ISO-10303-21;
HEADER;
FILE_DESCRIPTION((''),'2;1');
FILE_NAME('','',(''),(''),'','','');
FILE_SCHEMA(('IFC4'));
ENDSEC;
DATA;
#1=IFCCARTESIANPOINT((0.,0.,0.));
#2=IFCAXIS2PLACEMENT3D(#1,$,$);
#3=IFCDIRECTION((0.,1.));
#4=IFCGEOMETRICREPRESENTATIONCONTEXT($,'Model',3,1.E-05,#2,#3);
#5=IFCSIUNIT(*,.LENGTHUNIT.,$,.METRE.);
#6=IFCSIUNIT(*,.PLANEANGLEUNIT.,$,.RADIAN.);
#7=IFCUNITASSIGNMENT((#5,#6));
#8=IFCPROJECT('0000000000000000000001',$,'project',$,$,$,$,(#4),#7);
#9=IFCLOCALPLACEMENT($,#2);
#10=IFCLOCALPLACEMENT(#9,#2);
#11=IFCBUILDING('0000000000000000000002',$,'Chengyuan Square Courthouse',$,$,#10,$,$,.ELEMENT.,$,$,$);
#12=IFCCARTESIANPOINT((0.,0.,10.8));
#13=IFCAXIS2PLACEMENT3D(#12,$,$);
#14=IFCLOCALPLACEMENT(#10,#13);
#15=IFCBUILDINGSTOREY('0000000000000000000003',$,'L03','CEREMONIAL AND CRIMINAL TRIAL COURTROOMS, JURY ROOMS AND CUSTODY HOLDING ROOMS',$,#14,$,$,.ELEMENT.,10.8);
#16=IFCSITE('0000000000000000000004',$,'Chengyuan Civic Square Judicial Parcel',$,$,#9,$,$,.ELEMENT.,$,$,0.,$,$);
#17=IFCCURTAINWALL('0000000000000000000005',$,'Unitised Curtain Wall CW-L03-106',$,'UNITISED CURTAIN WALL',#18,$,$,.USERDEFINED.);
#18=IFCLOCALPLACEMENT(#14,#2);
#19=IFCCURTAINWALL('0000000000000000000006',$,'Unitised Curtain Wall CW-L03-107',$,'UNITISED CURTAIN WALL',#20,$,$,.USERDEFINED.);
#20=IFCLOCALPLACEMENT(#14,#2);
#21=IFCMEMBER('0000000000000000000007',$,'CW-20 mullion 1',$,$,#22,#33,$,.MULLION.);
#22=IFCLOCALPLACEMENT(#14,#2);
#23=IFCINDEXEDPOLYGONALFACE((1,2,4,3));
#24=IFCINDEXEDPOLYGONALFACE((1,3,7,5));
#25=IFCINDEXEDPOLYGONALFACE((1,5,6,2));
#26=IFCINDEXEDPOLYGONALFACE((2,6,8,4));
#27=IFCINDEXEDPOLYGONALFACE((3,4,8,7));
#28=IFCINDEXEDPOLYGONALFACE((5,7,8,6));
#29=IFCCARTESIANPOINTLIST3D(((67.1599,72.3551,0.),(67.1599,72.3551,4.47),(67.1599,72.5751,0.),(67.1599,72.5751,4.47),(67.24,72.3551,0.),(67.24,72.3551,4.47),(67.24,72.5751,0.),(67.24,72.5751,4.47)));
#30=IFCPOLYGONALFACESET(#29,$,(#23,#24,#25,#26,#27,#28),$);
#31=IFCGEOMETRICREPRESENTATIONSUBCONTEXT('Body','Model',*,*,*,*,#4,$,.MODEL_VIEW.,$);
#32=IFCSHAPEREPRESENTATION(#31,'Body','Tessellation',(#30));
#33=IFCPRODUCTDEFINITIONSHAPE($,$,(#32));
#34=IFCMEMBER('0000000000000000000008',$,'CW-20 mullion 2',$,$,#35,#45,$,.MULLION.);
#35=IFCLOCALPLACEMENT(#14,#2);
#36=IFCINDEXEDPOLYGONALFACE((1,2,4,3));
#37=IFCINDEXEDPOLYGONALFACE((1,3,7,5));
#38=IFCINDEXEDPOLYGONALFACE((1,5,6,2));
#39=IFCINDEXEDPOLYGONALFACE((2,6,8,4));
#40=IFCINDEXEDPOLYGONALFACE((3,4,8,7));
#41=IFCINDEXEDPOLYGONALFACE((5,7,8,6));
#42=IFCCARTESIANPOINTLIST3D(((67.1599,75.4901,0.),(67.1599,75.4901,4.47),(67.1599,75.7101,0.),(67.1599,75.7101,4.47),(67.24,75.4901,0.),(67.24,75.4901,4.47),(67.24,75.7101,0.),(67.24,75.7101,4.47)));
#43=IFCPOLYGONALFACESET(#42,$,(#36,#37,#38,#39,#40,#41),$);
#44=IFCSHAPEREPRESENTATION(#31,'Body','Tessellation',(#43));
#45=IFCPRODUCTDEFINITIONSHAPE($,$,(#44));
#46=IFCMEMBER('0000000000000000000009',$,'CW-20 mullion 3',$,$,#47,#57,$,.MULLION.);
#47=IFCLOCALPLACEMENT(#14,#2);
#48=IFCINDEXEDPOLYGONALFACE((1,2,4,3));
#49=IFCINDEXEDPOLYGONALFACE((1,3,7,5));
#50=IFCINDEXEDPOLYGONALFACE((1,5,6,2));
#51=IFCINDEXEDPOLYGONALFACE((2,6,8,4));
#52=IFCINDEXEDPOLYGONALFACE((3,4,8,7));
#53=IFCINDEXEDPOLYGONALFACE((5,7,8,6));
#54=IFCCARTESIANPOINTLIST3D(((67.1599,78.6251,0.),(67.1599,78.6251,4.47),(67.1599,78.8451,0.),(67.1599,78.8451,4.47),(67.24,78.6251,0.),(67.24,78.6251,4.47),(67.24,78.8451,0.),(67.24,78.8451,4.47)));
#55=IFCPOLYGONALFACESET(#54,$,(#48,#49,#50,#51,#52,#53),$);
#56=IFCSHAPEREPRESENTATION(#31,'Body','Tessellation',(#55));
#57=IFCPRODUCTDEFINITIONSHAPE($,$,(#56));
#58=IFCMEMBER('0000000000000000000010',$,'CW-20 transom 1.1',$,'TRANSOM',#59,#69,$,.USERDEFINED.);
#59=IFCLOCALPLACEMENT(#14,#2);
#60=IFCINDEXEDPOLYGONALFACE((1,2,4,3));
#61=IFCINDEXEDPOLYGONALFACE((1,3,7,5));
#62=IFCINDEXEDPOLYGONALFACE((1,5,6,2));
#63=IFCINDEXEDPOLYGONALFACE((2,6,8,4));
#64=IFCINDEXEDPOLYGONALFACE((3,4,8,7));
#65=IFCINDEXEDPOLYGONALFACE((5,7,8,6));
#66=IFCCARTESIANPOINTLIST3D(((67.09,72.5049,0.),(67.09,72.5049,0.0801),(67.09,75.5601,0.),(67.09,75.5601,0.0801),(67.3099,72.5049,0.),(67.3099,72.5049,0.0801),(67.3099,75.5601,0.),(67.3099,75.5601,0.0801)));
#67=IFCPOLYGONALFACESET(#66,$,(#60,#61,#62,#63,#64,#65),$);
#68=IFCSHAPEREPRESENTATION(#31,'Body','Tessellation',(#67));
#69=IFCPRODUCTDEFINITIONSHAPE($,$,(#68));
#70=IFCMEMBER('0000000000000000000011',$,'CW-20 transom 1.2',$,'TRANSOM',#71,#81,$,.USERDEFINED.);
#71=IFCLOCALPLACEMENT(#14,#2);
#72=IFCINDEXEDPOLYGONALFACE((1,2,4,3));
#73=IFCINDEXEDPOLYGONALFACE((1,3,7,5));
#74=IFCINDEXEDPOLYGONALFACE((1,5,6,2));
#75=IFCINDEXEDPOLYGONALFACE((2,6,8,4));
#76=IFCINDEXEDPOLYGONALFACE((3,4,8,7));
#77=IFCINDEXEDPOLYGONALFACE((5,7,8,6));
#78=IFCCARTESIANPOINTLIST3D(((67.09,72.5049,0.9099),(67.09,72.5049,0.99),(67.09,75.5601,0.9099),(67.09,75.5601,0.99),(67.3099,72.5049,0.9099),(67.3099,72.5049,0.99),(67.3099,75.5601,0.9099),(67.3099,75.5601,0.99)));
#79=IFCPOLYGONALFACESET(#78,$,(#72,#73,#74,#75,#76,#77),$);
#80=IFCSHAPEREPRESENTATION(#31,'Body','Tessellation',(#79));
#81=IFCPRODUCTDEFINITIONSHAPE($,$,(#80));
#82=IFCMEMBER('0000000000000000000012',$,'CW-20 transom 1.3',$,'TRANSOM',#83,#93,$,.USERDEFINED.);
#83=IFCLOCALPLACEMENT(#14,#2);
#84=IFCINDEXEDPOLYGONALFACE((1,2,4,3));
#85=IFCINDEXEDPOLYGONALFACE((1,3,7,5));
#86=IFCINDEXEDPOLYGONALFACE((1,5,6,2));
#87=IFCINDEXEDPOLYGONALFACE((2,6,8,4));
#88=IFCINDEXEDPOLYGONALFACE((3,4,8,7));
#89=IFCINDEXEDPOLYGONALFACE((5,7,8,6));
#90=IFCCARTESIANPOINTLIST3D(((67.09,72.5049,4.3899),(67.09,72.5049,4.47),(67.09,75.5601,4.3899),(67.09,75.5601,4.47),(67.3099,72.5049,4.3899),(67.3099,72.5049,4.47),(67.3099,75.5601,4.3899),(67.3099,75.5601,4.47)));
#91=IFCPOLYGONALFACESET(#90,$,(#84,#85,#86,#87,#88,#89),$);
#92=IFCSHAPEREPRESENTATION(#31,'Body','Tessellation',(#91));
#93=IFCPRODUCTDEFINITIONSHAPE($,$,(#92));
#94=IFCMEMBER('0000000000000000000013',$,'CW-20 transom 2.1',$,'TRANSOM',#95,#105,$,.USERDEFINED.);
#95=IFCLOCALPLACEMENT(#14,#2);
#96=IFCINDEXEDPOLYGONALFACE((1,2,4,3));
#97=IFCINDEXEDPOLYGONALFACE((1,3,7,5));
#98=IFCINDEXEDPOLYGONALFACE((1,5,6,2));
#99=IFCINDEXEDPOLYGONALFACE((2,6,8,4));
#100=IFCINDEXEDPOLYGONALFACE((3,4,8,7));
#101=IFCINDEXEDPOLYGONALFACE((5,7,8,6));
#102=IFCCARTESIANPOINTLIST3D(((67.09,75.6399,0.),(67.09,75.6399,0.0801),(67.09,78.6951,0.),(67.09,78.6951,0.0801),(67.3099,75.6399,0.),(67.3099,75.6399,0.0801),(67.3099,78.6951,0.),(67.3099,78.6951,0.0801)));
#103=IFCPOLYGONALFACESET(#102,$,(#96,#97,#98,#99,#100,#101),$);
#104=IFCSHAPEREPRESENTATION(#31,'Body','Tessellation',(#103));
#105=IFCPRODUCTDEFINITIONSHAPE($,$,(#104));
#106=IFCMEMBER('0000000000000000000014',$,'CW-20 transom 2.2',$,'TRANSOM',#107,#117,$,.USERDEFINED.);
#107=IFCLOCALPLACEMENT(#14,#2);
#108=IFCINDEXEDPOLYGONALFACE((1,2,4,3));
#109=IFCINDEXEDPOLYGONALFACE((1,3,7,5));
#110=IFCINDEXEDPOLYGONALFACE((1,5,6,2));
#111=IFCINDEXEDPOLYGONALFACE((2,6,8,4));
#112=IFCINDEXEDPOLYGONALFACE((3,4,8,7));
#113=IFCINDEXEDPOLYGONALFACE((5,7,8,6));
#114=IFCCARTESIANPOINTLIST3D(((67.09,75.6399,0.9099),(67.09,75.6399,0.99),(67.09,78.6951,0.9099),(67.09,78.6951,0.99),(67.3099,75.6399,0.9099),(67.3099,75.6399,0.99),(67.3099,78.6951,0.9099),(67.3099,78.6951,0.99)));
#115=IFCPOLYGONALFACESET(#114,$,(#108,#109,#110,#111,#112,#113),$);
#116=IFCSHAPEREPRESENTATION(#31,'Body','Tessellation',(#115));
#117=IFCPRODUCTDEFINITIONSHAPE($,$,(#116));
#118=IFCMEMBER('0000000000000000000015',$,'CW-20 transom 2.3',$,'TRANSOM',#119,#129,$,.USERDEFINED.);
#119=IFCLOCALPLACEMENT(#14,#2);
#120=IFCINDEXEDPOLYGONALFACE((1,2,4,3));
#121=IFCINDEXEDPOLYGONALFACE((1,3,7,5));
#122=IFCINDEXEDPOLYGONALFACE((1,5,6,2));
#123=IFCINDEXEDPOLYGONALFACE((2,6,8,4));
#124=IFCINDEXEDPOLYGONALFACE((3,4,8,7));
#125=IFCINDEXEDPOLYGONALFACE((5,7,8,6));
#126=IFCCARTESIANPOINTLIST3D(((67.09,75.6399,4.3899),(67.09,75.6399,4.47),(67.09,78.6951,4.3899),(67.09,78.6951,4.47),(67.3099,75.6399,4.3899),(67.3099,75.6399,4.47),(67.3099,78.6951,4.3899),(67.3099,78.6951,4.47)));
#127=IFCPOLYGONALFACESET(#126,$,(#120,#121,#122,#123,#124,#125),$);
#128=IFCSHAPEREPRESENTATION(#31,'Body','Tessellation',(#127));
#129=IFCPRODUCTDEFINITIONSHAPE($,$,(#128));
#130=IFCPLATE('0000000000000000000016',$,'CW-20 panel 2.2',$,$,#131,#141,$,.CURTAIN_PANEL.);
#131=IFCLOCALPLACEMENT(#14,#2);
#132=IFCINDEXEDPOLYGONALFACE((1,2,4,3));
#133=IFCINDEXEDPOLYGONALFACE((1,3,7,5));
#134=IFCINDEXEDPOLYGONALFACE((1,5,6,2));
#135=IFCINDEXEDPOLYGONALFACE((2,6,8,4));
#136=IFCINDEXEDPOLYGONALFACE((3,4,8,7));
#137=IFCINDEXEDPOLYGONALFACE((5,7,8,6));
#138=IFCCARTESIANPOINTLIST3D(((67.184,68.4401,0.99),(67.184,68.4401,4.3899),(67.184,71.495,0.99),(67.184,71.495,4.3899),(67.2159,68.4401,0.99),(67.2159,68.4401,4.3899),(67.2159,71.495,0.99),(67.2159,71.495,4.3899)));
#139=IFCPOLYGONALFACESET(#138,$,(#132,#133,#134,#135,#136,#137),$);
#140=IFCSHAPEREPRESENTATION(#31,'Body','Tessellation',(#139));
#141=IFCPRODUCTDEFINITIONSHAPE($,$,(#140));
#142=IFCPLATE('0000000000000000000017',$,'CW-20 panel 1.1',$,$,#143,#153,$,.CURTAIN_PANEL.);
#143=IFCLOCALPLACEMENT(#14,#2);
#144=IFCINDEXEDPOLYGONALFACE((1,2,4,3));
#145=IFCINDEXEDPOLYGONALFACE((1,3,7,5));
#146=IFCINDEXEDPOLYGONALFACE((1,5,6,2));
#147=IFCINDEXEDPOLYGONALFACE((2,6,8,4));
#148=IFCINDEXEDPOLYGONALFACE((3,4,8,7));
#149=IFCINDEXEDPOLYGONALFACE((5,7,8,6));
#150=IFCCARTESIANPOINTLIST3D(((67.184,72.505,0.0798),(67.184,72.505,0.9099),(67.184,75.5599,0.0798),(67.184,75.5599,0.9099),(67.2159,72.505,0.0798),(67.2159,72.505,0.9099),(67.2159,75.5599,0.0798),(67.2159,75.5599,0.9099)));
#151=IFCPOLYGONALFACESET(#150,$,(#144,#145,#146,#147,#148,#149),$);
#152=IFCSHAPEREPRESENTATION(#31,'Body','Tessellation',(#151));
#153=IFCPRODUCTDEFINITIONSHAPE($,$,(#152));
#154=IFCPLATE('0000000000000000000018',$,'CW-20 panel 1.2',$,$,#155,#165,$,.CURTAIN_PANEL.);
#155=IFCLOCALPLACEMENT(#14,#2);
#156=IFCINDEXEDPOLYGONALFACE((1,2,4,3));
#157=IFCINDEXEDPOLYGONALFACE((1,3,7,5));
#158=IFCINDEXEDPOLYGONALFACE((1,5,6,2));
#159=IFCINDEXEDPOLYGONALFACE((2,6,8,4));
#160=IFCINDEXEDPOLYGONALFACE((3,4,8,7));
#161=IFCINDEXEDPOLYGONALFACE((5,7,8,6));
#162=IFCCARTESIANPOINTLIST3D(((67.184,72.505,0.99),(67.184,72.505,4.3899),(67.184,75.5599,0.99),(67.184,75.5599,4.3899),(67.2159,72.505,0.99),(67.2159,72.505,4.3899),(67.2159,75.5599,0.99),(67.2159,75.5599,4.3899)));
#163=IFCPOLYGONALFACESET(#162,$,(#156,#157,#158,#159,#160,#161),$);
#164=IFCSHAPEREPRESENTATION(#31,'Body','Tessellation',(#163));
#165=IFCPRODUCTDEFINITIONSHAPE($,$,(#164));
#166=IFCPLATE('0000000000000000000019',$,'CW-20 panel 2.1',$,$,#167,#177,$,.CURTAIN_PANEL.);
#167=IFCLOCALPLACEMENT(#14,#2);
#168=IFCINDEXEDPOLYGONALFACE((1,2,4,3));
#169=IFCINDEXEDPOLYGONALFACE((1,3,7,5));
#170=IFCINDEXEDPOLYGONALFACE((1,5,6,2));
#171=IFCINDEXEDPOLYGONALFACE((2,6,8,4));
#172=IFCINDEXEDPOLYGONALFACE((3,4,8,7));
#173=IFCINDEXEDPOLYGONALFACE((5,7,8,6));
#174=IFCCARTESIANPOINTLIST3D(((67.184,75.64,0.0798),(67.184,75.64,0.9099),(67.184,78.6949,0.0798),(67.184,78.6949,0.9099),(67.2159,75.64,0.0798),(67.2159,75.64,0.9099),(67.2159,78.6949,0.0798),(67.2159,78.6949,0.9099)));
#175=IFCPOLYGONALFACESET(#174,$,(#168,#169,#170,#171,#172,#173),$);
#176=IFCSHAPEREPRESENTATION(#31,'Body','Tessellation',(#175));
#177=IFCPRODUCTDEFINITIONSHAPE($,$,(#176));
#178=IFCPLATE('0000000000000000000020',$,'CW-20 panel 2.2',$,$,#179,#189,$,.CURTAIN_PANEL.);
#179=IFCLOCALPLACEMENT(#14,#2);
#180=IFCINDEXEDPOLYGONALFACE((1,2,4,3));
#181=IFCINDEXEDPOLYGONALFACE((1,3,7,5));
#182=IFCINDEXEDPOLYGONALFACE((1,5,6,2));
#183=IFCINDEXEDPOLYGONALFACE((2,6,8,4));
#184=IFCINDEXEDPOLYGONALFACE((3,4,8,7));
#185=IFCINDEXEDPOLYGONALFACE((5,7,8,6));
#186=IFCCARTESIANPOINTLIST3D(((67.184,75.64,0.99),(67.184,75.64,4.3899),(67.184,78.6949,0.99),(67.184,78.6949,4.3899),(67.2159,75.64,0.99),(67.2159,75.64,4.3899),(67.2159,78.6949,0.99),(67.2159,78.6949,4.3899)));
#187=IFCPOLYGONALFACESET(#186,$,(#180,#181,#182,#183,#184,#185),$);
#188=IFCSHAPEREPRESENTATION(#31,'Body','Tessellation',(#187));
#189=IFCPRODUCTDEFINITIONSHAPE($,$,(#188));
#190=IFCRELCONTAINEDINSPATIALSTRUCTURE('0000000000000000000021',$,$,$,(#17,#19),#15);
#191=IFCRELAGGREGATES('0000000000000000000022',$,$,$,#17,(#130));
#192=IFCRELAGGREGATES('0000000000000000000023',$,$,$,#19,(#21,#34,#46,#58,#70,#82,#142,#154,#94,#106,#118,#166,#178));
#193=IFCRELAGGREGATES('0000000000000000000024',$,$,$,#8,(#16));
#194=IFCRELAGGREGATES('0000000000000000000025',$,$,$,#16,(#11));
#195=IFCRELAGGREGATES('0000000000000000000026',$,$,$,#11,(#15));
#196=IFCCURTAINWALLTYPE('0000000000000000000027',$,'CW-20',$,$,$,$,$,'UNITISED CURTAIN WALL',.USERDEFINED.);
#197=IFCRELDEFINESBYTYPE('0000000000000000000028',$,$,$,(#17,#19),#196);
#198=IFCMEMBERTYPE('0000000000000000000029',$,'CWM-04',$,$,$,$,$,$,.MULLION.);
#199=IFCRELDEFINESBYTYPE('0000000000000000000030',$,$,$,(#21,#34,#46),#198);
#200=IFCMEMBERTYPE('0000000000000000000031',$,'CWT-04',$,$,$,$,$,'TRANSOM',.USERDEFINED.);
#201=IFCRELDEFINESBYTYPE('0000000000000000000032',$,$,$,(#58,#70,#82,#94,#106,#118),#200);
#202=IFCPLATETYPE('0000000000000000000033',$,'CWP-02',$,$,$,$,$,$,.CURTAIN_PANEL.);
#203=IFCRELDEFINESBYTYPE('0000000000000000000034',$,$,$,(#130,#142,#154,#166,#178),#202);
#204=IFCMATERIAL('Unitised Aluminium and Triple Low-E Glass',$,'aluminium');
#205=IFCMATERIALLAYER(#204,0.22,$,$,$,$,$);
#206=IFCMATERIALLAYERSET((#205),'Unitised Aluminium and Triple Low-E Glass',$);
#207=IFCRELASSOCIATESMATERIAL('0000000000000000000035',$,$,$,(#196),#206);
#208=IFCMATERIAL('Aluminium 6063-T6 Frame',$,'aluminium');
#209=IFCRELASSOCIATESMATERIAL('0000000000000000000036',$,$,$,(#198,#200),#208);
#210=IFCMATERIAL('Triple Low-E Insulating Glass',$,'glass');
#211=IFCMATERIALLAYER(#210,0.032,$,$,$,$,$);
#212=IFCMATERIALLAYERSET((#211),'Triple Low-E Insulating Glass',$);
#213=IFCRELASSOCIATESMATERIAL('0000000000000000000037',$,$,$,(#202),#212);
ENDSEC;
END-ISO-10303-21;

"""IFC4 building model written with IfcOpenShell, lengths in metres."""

from ifc_helpers import new_model, si_unit, direction, frame, origin, origin_2d, place, context, subcontext, project, spatial, rectangle, extrude, material, layer, layer_set, material_profile, profile_set, type_object, element, aggregate, save


model = new_model("IFC4")

# Units and contexts
model_context = context("Model", 3, precision=1e-05, world=origin(), true_north=direction((0.0, 1.0)))
body_context = subcontext(model_context, "Body", "Model", "MODEL_VIEW")
ifc_project = project(units=[si_unit("LENGTHUNIT", "METRE"), si_unit("PLANEANGLEUNIT", "RADIAN")], contexts=[model_context])

# Site, building, storey
site_placement = place(None, origin())
site = spatial("IfcSite", under=ifc_project, at=site_placement, Name="Chengyuan Civic Square Judicial Parcel", CompositionType="ELEMENT", RefElevation=0.0)
building_placement = place(site_placement, origin())
building = spatial("IfcBuilding", under=site, at=building_placement, Name="Chengyuan Square Courthouse", CompositionType="ELEMENT")
storey_placement = place(building_placement, frame((0.0, 0.0, 10.8)))
storey = spatial("IfcBuildingStorey", under=building, at=storey_placement, Name="L03", Description="CEREMONIAL AND CRIMINAL TRIAL COURTROOMS, JURY ROOMS AND CUSTODY HOLDING ROOMS", CompositionType="ELEMENT", Elevation=10.8)

# Curtain wall
ifc_material_1 = material(Name="Unitised Aluminium and Triple Low-E Glass", Category="aluminium")
ifc_layer_1 = layer(ifc_material_1, 0.22)
ifc_layer_set_1 = layer_set([ifc_layer_1], Name="Unitised Aluminium and Triple Low-E Glass")
curtain_wall_type = type_object("IfcCurtainWallType", Name="CW-20", ElementType="UNITISED CURTAIN WALL", PredefinedType="USERDEFINED", material=ifc_layer_set_1)
curtain_wall_1_placement = place(storey_placement, origin())
curtain_wall_1 = element("IfcCurtainWall", 1, at=curtain_wall_1_placement, inside=storey, type_object=curtain_wall_type, Name="Unitised Curtain Wall CW-L03-106", ObjectType="UNITISED CURTAIN WALL", PredefinedType="USERDEFINED")
ifc_material_2 = material(Name="Aluminium 6063-T6 Frame", Category="aluminium")
ifc_material_profile_1 = material_profile(ifc_material_2, rectangle(XDim=0.0801, YDim=0.22, at=origin_2d()), Name="CW-MUL-80x220")
ifc_profile_set_1 = profile_set([ifc_material_profile_1], Name="Aluminium 6063-T6 Frame")
member_type_1 = type_object("IfcMemberType", Name="CWM-04", PredefinedType="MULLION", material=ifc_profile_set_1)

# Curtain wall, members
curtain_wall_2_placement = place(storey_placement, origin())
curtain_wall_2 = element("IfcCurtainWall", 2, at=curtain_wall_2_placement, inside=storey, type_object=curtain_wall_type, Name="Unitised Curtain Wall CW-L03-107", ObjectType="UNITISED CURTAIN WALL", PredefinedType="USERDEFINED")
member_1_placement = place(storey_placement, frame((67.2, 72.4651, 0.0), z_axis=(0.0, 0.0, 1.0), x_axis=(-1.0, 0.0, 0.0)))
member_1 = element("IfcMember", 3, at=member_1_placement, type_object=member_type_1, Name="CW-20 mullion 1", PredefinedType="MULLION", context=body_context, shape_type="SweptSolid", body=[
    extrude(rectangle(XDim=0.0801, YDim=0.22, at=origin_2d()), origin(), (0.0, 0.0, 1.0), 4.47),
])
member_2_placement = place(storey_placement, frame((67.2, 75.6001, 0.0), z_axis=(0.0, 0.0, 1.0), x_axis=(-1.0, 0.0, 0.0)))
member_2 = element("IfcMember", 4, at=member_2_placement, type_object=member_type_1, Name="CW-20 mullion 2", PredefinedType="MULLION", context=body_context, shape_type="SweptSolid", body=[
    extrude(rectangle(XDim=0.0801, YDim=0.22, at=origin_2d()), origin(), (0.0, 0.0, 1.0), 4.47),
])
member_3_placement = place(storey_placement, frame((67.2, 78.7351, 0.0), z_axis=(0.0, 0.0, 1.0), x_axis=(-1.0, 0.0, 0.0)))
member_3 = element("IfcMember", 5, at=member_3_placement, type_object=member_type_1, Name="CW-20 mullion 3", PredefinedType="MULLION", context=body_context, shape_type="SweptSolid", body=[
    extrude(rectangle(XDim=0.0801, YDim=0.22, at=origin_2d()), origin(), (0.0, 0.0, 1.0), 4.47),
])
ifc_material_profile_2 = material_profile(ifc_material_2, rectangle(XDim=0.22, YDim=0.0801, at=origin_2d()), Name="CW-TRN-80x180")
ifc_profile_set_2 = profile_set([ifc_material_profile_2], Name="Aluminium 6063-T6 Frame")
member_type_2 = type_object("IfcMemberType", Name="CWT-04", ElementType="TRANSOM", PredefinedType="USERDEFINED", material=ifc_profile_set_2)
member_4_placement = place(storey_placement, frame((67.2, 72.5049, 0.04), z_axis=(0.0, 1.0, 0.0), x_axis=(-1.0, 0.0, 0.0)))
member_4 = element("IfcMember", 6, at=member_4_placement, type_object=member_type_2, Name="CW-20 transom 1.1", ObjectType="TRANSOM", PredefinedType="USERDEFINED", context=body_context, shape_type="SweptSolid", body=[
    extrude(rectangle(XDim=0.22, YDim=0.0801, at=origin_2d()), origin(), (0.0, 0.0, 1.0), 3.0552),
])
member_5_placement = place(storey_placement, frame((67.2, 72.5049, 0.95), z_axis=(0.0, 1.0, 0.0), x_axis=(-1.0, 0.0, 0.0)))
member_5 = element("IfcMember", 7, at=member_5_placement, type_object=member_type_2, Name="CW-20 transom 1.2", ObjectType="TRANSOM", PredefinedType="USERDEFINED", context=body_context, shape_type="SweptSolid", body=[
    extrude(rectangle(XDim=0.22, YDim=0.0801, at=origin_2d()), origin(), (0.0, 0.0, 1.0), 3.0552),
])
member_6_placement = place(storey_placement, frame((67.2, 72.5049, 4.4299), z_axis=(0.0, 1.0, 0.0), x_axis=(-1.0, 0.0, 0.0)))
member_6 = element("IfcMember", 8, at=member_6_placement, type_object=member_type_2, Name="CW-20 transom 1.3", ObjectType="TRANSOM", PredefinedType="USERDEFINED", context=body_context, shape_type="SweptSolid", body=[
    extrude(rectangle(XDim=0.22, YDim=0.0801, at=origin_2d()), origin(), (0.0, 0.0, 1.0), 3.0552),
])
member_7_placement = place(storey_placement, frame((67.2, 75.6399, 0.04), z_axis=(0.0, 1.0, 0.0), x_axis=(-1.0, 0.0, 0.0)))
member_7 = element("IfcMember", 9, at=member_7_placement, type_object=member_type_2, Name="CW-20 transom 2.1", ObjectType="TRANSOM", PredefinedType="USERDEFINED", context=body_context, shape_type="SweptSolid", body=[
    extrude(rectangle(XDim=0.22, YDim=0.0801, at=origin_2d()), origin(), (0.0, 0.0, 1.0), 3.0552),
])
member_8_placement = place(storey_placement, frame((67.2, 75.6399, 0.95), z_axis=(0.0, 1.0, 0.0), x_axis=(-1.0, 0.0, 0.0)))
member_8 = element("IfcMember", 10, at=member_8_placement, type_object=member_type_2, Name="CW-20 transom 2.2", ObjectType="TRANSOM", PredefinedType="USERDEFINED", context=body_context, shape_type="SweptSolid", body=[
    extrude(rectangle(XDim=0.22, YDim=0.0801, at=origin_2d()), origin(), (0.0, 0.0, 1.0), 3.0552),
])
member_9_placement = place(storey_placement, frame((67.2, 75.6399, 4.4299), z_axis=(0.0, 1.0, 0.0), x_axis=(-1.0, 0.0, 0.0)))
member_9 = element("IfcMember", 11, at=member_9_placement, type_object=member_type_2, Name="CW-20 transom 2.3", ObjectType="TRANSOM", PredefinedType="USERDEFINED", context=body_context, shape_type="SweptSolid", body=[
    extrude(rectangle(XDim=0.22, YDim=0.0801, at=origin_2d()), origin(), (0.0, 0.0, 1.0), 3.0552),
])

# Plates
ifc_material_3 = material(Name="Triple Low-E Insulating Glass", Category="glass")
ifc_layer_2 = layer(ifc_material_3, 0.032)
ifc_layer_set_2 = layer_set([ifc_layer_2], Name="Triple Low-E Insulating Glass")
plate_type = type_object("IfcPlateType", Name="CWP-02", PredefinedType="CURTAIN_PANEL", material=ifc_layer_set_2)
plate_1_placement = place(storey_placement, frame((67.2, 69.9675, 0.99), z_axis=(0.0, 0.0, 1.0), x_axis=(0.0, 1.0, 0.0)))
plate_1 = element("IfcPlate", 12, at=plate_1_placement, type_object=plate_type, Name="CW-20 panel 2.2", PredefinedType="CURTAIN_PANEL", context=body_context, shape_type="SweptSolid", body=[
    extrude(rectangle(XDim=3.0549, YDim=0.032, at=origin_2d()), origin(), (0.0, 0.0, 1.0), 3.3999),
])
aggregate(curtain_wall_1, [plate_1])
plate_2_placement = place(storey_placement, frame((67.2, 74.0325, 0.0798), z_axis=(0.0, 0.0, 1.0), x_axis=(0.0, 1.0, 0.0)))
plate_2 = element("IfcPlate", 13, at=plate_2_placement, type_object=plate_type, Name="CW-20 panel 1.1", PredefinedType="CURTAIN_PANEL", context=body_context, shape_type="SweptSolid", body=[
    extrude(rectangle(XDim=3.0549, YDim=0.032, at=origin_2d()), origin(), (0.0, 0.0, 1.0), 0.8301),
])
plate_3_placement = place(storey_placement, frame((67.2, 74.0325, 0.99), z_axis=(0.0, 0.0, 1.0), x_axis=(0.0, 1.0, 0.0)))
plate_3 = element("IfcPlate", 14, at=plate_3_placement, type_object=plate_type, Name="CW-20 panel 1.2", PredefinedType="CURTAIN_PANEL", context=body_context, shape_type="SweptSolid", body=[
    extrude(rectangle(XDim=3.0549, YDim=0.032, at=origin_2d()), origin(), (0.0, 0.0, 1.0), 3.3999),
])
plate_4_placement = place(storey_placement, frame((67.2, 77.1675, 0.0798), z_axis=(0.0, 0.0, 1.0), x_axis=(0.0, 1.0, 0.0)))
plate_4 = element("IfcPlate", 15, at=plate_4_placement, type_object=plate_type, Name="CW-20 panel 2.1", PredefinedType="CURTAIN_PANEL", context=body_context, shape_type="SweptSolid", body=[
    extrude(rectangle(XDim=3.0549, YDim=0.032, at=origin_2d()), origin(), (0.0, 0.0, 1.0), 0.8301),
])
plate_5_placement = place(storey_placement, frame((67.2, 77.1675, 0.99), z_axis=(0.0, 0.0, 1.0), x_axis=(0.0, 1.0, 0.0)))
plate_5 = element("IfcPlate", 16, at=plate_5_placement, type_object=plate_type, Name="CW-20 panel 2.2", PredefinedType="CURTAIN_PANEL", context=body_context, shape_type="SweptSolid", body=[
    extrude(rectangle(XDim=3.0549, YDim=0.032, at=origin_2d()), origin(), (0.0, 0.0, 1.0), 3.3999),
])
aggregate(curtain_wall_2, [member_1, member_2, member_3, member_4, member_5, member_6, plate_2, plate_3, member_7, member_8, member_9, plate_4, plate_5])

save(model, "model.ifc")
